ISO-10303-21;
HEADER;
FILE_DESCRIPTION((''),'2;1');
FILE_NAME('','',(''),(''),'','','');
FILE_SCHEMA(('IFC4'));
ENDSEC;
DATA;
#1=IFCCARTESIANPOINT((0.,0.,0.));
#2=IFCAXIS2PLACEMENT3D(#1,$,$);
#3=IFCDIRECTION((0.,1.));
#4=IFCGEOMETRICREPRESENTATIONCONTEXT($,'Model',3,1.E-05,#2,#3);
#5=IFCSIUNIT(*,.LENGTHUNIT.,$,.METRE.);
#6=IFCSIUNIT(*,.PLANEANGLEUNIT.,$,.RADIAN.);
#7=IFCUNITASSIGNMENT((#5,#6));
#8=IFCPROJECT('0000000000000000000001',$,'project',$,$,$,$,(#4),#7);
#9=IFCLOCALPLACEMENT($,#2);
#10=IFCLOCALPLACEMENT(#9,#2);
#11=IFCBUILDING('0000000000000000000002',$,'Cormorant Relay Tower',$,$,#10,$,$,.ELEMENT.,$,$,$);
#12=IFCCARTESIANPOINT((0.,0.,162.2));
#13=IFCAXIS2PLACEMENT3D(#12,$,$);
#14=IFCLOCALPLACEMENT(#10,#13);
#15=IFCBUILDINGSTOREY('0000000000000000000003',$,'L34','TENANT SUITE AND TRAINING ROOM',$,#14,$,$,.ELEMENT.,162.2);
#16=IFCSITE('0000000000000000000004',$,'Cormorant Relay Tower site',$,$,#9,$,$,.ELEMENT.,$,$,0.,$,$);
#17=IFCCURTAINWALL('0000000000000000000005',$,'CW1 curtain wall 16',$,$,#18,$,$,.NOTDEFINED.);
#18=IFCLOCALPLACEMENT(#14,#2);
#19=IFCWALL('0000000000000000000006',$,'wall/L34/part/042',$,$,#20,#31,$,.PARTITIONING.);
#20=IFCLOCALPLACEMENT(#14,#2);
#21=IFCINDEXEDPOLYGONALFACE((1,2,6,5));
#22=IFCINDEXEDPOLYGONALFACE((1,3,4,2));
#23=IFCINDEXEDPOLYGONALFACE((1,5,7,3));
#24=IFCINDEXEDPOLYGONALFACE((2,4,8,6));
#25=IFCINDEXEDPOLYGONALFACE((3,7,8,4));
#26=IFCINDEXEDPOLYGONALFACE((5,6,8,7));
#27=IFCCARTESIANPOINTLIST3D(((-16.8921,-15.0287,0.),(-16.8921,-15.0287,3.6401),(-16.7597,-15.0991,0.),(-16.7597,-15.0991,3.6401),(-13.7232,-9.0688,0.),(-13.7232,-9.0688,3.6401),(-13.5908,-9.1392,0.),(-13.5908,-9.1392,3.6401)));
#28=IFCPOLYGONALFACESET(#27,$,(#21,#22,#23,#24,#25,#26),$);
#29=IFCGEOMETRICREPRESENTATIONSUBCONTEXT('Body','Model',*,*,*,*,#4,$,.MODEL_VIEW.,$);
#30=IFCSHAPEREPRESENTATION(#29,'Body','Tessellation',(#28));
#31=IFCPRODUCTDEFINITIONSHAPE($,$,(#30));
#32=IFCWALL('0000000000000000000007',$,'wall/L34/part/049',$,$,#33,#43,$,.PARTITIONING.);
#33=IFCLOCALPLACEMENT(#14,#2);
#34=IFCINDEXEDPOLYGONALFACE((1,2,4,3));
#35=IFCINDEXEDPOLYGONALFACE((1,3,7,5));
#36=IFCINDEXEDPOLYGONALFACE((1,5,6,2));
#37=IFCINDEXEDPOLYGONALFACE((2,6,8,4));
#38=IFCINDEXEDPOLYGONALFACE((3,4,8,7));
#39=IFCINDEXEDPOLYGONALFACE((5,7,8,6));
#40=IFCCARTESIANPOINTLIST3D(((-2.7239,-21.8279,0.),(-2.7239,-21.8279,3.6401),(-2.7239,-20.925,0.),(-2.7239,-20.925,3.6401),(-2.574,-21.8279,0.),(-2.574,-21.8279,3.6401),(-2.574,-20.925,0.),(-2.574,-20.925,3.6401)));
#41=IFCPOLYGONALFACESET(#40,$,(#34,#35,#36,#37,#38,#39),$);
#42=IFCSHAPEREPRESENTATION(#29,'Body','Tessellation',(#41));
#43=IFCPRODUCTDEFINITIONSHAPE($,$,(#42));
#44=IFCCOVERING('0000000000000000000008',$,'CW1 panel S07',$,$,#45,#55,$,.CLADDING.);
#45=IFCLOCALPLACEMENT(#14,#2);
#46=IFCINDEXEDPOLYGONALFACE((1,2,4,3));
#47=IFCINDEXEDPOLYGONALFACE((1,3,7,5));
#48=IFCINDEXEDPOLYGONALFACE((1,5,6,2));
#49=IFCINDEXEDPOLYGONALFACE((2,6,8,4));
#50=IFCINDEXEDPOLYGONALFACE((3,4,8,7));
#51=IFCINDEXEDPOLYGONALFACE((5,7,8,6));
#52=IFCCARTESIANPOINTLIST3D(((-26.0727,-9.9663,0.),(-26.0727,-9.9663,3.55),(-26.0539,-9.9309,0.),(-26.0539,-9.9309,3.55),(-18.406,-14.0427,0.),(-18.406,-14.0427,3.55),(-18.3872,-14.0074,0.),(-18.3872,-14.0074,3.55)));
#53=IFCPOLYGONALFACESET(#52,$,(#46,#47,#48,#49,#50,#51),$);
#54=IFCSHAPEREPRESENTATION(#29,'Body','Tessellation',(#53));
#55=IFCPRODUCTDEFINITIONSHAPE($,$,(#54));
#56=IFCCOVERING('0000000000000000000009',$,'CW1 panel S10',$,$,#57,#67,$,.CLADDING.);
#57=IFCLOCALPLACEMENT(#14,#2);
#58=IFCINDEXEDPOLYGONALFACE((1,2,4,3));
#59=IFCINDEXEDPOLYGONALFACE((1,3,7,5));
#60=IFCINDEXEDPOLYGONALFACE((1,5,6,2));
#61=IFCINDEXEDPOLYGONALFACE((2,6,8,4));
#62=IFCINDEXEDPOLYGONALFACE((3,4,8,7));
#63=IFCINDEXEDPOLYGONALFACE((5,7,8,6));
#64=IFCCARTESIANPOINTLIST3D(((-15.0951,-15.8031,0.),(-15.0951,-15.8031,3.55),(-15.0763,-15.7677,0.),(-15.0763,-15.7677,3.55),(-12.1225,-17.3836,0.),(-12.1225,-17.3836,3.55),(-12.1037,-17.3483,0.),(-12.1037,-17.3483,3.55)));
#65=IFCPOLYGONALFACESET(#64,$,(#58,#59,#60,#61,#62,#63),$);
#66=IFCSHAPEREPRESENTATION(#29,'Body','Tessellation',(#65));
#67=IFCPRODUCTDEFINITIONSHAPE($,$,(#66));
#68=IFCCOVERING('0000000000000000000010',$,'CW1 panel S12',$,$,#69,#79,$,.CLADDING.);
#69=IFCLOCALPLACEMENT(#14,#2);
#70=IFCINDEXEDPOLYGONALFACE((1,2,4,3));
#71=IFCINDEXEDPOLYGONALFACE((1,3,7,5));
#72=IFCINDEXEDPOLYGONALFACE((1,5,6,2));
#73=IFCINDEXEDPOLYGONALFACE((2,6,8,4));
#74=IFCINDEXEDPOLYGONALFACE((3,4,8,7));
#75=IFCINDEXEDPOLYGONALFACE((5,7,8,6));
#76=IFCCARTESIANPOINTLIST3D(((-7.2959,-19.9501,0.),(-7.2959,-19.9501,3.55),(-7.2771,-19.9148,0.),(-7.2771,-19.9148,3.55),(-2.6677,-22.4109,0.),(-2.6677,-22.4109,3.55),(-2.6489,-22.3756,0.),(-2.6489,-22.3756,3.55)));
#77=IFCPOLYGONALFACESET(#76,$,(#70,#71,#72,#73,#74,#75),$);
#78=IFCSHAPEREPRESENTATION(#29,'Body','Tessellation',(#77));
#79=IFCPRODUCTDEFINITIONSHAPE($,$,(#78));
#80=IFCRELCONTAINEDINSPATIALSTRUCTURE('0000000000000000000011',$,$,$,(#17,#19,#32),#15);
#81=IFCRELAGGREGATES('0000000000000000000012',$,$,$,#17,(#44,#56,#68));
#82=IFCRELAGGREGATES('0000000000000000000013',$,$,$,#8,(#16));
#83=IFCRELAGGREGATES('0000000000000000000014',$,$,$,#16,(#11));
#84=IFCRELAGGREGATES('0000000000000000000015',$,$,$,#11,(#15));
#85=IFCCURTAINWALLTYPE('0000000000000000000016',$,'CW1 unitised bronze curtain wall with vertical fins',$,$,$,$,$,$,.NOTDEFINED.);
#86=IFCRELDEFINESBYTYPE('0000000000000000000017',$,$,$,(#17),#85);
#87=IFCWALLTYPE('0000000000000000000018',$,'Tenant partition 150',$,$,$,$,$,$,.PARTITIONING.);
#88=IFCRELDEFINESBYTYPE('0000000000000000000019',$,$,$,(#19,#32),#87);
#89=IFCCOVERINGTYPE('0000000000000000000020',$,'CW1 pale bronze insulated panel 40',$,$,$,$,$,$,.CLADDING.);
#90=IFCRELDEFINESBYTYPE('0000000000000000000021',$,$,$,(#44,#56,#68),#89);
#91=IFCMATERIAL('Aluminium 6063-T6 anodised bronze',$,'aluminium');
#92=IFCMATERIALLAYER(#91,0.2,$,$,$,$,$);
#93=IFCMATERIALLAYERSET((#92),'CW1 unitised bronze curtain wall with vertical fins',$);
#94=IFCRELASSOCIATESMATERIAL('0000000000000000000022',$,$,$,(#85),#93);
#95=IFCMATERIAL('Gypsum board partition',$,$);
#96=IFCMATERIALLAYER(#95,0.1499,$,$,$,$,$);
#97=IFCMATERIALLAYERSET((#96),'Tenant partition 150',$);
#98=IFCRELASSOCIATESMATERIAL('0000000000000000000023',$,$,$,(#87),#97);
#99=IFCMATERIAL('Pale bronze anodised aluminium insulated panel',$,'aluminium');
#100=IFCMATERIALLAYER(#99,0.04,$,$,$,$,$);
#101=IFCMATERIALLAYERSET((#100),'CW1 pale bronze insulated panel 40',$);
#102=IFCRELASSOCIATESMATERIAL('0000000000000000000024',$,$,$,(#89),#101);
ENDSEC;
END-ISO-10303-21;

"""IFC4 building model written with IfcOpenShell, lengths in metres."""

from ifc_helpers import new_model, si_unit, direction, frame, frame_2d, origin, origin_2d, place, context, subcontext, project, spatial, rectangle, extrude, material, layer, layer_set, type_object, element, aggregate, save


model = new_model("IFC4")

# Units and contexts
model_context = context("Model", 3, precision=1e-05, world=origin(), true_north=direction((0.0, 1.0)))
body_context = subcontext(model_context, "Body", "Model", "MODEL_VIEW")
ifc_project = project(units=[si_unit("LENGTHUNIT", "METRE"), si_unit("PLANEANGLEUNIT", "RADIAN")], contexts=[model_context])

# Site, building, storey
site_placement = place(None, origin())
site = spatial("IfcSite", under=ifc_project, at=site_placement, Name="Cormorant Relay Tower site", CompositionType="ELEMENT", RefElevation=0.0)
building_placement = place(site_placement, origin())
building = spatial("IfcBuilding", under=site, at=building_placement, Name="Cormorant Relay Tower", CompositionType="ELEMENT")
storey_placement = place(building_placement, frame((0.0, 0.0, 162.2)))
storey = spatial("IfcBuildingStorey", under=building, at=storey_placement, Name="L34", Description="TENANT SUITE AND TRAINING ROOM", CompositionType="ELEMENT", Elevation=162.2)

# Shared definitions
ifc_material_1 = material(Name="Aluminium 6063-T6 anodised bronze", Category="aluminium")
ifc_layer_1 = layer(ifc_material_1, 0.2)
ifc_layer_set_1 = layer_set([ifc_layer_1], Name="CW1 unitised bronze curtain wall with vertical fins")
curtain_wall_type = type_object("IfcCurtainWallType", Name="CW1 unitised bronze curtain wall with vertical fins", PredefinedType="NOTDEFINED", material=ifc_layer_set_1)

# Curtain wall
curtain_wall_1_placement = place(storey_placement, origin())
curtain_wall_1 = element("IfcCurtainWall", 1, at=curtain_wall_1_placement, inside=storey, type_object=curtain_wall_type, Name="CW1 curtain wall 16", PredefinedType="NOTDEFINED")

# Walls
ifc_material_2 = material(Name="Gypsum board partition")
ifc_layer_2 = layer(ifc_material_2, 0.1499)
ifc_layer_set_2 = layer_set([ifc_layer_2], Name="Tenant partition 150")
wall_type_1 = type_object("IfcWallType", Name="Tenant partition 150", PredefinedType="PARTITIONING", material=ifc_layer_set_2)
wall_1_placement = place(storey_placement, frame((-13.657, -9.104, 0.0), z_axis=(0.0, 0.0, 1.0), x_axis=(-0.469469, -0.882949, 0.0)))
element("IfcWall", 2, at=wall_1_placement, inside=storey, type_object=wall_type_1, Name="wall/L34/part/042", PredefinedType="PARTITIONING", context=body_context, shape_type="SweptSolid", body=[
    extrude(rectangle(XDim=6.75, YDim=0.1499, at=frame_2d((3.375, 0.0))), origin(), (0.0, 0.0, 1.0), 3.6401),
])
wall_2_placement = place(storey_placement, frame((-2.6489, -20.925, 0.0), z_axis=(0.0, 0.0, 1.0), x_axis=(0.0, -1.0, 0.0)))
element("IfcWall", 3, at=wall_2_placement, inside=storey, type_object=wall_type_1, Name="wall/L34/part/049", PredefinedType="PARTITIONING", context=body_context, shape_type="SweptSolid", body=[
    extrude(rectangle(XDim=0.9028, YDim=0.1499, at=frame_2d((0.4514, 0.0))), origin(), (0.0, 0.0, 1.0), 3.6401),
])

# Coverings
ifc_material_3 = material(Name="Pale bronze anodised aluminium insulated panel", Category="aluminium")
ifc_layer_3 = layer(ifc_material_3, 0.04)
ifc_layer_set_3 = layer_set([ifc_layer_3], Name="CW1 pale bronze insulated panel 40")
covering_type = type_object("IfcCoveringType", Name="CW1 pale bronze insulated panel 40", PredefinedType="CLADDING", material=ifc_layer_set_3)
covering_1_placement = place(storey_placement, frame((-22.23, -11.9868, 0.0), z_axis=(0.0, 0.0, 1.0), x_axis=(0.882948, -0.469472, 0.0)))
covering_1 = element("IfcCovering", 4, at=covering_1_placement, type_object=covering_type, Name="CW1 panel S07", PredefinedType="CLADDING", context=body_context, shape_type="SweptSolid", body=[
    extrude(rectangle(XDim=8.6831, YDim=0.04, at=origin_2d()), origin(), (0.0, 0.0, 1.0), 3.55),
])
covering_2_placement = place(storey_placement, frame((-13.5994, -16.5757, 0.0), z_axis=(0.0, 0.0, 1.0), x_axis=(0.882948, -0.469472, 0.0)))
covering_2 = element("IfcCovering", 5, at=covering_2_placement, type_object=covering_type, Name="CW1 panel S10", PredefinedType="CLADDING", context=body_context, shape_type="SweptSolid", body=[
    extrude(rectangle(XDim=3.3667, YDim=0.04, at=origin_2d()), origin(), (0.0, 0.0, 1.0), 3.55),
])
covering_3_placement = place(storey_placement, frame((-4.9724, -21.1628, 0.0), z_axis=(0.0, 0.0, 1.0), x_axis=(0.882948, -0.469472, 0.0)))
covering_3 = element("IfcCovering", 6, at=covering_3_placement, type_object=covering_type, Name="CW1 panel S12", PredefinedType="CLADDING", context=body_context, shape_type="SweptSolid", body=[
    extrude(rectangle(XDim=5.2417, YDim=0.04, at=origin_2d()), origin(), (0.0, 0.0, 1.0), 3.55),
])
aggregate(curtain_wall_1, [covering_1, covering_2, covering_3])

save(model, "model.ifc")
